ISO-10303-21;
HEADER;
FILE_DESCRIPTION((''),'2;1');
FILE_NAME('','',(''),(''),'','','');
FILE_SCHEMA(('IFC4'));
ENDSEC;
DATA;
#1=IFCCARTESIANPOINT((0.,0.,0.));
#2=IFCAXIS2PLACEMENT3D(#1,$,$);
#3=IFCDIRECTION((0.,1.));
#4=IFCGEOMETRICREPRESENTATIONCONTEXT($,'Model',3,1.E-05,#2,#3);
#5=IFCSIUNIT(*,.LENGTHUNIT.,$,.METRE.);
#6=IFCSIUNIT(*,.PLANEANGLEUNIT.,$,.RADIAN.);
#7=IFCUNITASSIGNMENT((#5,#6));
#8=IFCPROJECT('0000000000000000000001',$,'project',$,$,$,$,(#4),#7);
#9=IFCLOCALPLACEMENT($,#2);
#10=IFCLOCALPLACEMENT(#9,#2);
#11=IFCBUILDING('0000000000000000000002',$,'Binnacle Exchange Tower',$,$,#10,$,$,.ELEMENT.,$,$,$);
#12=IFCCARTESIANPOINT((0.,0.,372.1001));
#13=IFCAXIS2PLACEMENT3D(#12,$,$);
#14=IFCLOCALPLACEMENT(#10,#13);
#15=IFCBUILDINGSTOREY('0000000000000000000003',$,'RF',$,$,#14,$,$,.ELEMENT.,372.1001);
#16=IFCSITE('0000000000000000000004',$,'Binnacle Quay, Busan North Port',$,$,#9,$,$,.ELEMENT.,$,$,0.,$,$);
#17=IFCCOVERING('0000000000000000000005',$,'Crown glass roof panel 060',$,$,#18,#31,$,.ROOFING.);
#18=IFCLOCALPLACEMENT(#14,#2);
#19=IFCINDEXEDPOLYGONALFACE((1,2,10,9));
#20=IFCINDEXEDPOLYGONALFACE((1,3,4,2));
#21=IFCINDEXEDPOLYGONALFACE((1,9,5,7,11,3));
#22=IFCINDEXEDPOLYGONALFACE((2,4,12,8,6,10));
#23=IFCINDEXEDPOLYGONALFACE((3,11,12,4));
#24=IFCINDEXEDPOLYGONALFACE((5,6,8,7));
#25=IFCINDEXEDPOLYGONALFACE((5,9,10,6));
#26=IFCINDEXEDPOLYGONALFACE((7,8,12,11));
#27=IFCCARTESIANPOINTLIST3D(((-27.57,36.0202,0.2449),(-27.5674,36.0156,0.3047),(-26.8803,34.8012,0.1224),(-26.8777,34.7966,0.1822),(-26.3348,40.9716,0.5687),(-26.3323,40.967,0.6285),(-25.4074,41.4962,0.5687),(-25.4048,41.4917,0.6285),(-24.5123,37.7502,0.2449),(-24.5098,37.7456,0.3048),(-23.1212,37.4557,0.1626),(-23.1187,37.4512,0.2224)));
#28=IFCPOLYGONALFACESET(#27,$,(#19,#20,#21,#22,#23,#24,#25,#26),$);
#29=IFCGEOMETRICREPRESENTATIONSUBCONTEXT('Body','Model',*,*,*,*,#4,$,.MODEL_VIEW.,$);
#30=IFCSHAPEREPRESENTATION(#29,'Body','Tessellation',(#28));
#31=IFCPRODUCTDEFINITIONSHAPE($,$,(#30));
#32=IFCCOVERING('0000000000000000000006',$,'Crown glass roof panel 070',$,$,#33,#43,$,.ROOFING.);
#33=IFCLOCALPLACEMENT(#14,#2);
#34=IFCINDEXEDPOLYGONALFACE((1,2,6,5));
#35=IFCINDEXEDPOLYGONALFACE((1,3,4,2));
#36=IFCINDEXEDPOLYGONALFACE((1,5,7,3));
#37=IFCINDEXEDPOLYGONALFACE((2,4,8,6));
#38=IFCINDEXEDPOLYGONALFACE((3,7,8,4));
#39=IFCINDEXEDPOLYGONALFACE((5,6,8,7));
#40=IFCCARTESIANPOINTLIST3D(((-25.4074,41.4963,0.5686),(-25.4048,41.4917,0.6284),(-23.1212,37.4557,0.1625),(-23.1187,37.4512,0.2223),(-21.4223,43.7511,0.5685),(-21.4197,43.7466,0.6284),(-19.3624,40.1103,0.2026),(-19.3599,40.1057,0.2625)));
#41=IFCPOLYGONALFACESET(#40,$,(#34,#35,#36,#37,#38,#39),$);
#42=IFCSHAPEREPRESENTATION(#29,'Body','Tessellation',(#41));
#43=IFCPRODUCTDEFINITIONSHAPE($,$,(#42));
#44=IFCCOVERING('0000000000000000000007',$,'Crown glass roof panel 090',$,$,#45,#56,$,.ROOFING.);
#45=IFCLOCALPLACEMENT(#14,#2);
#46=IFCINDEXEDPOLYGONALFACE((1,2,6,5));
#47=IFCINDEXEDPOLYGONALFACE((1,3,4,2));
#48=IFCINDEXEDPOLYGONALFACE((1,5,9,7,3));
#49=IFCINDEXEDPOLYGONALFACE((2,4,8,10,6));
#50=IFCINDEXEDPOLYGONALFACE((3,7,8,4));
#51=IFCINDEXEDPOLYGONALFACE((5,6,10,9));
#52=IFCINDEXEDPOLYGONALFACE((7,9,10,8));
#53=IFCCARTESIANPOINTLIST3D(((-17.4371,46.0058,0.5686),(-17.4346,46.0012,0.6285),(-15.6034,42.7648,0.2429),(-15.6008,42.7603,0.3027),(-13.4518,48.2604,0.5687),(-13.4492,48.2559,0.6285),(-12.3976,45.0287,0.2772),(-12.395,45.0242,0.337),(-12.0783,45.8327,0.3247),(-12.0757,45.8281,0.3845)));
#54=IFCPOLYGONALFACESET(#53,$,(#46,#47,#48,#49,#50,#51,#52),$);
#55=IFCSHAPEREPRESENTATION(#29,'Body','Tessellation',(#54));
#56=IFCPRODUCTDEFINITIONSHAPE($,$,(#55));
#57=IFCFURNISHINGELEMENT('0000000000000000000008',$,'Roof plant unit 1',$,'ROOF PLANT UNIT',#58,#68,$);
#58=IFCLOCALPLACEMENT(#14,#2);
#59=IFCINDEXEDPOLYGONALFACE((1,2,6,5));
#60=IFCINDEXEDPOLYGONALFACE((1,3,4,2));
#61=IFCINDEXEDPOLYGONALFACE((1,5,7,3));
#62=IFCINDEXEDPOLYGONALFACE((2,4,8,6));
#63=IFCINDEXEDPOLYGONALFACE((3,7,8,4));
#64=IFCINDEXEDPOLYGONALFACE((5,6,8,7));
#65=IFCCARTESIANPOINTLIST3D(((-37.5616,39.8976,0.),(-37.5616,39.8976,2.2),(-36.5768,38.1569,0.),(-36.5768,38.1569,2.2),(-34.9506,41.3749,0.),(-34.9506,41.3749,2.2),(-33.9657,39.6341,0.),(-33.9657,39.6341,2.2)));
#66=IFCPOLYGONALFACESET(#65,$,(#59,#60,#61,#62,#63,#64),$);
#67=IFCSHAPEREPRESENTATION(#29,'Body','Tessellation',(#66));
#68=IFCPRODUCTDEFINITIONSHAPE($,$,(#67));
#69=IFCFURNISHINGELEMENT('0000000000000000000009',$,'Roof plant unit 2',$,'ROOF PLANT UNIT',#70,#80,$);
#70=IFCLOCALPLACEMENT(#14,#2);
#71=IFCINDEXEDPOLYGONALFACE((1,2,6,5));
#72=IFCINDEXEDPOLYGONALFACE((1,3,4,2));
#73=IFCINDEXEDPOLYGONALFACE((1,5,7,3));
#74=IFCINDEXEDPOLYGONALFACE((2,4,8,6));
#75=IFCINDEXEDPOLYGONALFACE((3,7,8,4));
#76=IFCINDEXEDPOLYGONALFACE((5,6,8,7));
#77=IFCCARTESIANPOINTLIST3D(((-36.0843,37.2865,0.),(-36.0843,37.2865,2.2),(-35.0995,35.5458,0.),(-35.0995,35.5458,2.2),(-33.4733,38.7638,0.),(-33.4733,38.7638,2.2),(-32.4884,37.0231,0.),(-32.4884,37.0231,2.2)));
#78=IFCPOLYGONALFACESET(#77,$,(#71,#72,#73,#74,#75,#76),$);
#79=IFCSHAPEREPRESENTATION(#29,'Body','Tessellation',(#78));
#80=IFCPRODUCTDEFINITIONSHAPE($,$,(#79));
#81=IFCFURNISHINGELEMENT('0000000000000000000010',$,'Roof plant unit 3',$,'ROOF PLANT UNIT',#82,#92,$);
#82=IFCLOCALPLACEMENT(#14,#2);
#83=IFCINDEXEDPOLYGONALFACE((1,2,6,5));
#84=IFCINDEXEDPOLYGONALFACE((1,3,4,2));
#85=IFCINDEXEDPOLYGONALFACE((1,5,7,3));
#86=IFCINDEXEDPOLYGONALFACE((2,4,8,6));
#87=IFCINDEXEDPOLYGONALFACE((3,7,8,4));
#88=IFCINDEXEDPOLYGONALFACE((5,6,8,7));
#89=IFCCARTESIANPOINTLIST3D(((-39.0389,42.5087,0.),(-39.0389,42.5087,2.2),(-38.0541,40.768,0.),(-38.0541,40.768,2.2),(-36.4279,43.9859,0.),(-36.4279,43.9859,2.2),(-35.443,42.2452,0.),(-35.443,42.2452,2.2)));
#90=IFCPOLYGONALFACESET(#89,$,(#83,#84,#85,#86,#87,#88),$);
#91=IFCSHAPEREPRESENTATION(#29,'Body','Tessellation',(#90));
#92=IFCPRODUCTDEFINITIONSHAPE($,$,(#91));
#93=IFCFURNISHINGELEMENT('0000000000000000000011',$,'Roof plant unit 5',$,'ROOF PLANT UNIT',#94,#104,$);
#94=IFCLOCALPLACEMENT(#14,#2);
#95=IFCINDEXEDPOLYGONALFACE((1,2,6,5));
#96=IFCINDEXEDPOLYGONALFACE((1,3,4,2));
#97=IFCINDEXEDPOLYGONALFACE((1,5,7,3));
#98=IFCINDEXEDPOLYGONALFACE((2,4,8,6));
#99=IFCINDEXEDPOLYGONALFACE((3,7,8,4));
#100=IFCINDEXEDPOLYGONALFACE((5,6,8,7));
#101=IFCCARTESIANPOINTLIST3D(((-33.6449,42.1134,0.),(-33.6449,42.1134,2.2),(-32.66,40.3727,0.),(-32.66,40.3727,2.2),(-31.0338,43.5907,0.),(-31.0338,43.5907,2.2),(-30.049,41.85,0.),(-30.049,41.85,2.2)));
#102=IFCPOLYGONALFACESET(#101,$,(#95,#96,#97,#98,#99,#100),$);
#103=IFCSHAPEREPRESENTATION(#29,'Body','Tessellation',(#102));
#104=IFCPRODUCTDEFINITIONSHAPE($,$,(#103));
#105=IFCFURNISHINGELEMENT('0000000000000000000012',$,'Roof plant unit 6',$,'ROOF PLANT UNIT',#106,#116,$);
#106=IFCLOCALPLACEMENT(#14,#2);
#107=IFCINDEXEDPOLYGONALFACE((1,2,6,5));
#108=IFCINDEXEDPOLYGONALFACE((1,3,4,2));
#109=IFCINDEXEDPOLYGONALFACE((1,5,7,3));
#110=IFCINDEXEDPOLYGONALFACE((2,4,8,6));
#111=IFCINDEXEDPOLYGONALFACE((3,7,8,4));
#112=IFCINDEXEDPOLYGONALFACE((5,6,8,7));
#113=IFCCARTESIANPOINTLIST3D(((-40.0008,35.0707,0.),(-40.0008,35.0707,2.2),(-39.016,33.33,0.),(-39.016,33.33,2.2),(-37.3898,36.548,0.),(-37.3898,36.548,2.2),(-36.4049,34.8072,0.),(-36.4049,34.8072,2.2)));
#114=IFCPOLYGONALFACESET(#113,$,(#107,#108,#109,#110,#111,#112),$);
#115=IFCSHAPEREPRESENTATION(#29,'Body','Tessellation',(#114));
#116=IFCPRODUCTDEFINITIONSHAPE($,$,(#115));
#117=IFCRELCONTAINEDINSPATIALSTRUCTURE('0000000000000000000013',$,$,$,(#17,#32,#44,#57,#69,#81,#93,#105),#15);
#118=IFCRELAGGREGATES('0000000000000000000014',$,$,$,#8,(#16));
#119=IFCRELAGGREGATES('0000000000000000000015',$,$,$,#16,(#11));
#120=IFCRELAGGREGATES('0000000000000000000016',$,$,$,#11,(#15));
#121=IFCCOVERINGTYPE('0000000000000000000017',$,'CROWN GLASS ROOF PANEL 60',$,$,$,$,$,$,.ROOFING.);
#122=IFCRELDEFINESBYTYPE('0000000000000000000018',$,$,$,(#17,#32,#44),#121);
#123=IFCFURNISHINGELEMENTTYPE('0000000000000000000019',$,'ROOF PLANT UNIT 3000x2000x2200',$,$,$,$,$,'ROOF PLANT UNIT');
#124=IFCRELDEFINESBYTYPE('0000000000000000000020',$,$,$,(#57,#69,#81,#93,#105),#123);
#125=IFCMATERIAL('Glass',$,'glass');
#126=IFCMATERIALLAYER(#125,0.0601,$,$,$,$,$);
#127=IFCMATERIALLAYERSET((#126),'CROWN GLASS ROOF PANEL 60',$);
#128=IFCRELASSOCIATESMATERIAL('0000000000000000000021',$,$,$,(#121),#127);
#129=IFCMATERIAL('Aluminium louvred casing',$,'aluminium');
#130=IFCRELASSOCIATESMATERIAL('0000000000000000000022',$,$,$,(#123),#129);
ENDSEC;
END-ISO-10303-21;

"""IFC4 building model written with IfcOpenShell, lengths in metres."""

from ifc_helpers import new_model, si_unit, direction, frame, origin, origin_2d, place, context, subcontext, project, spatial, polyline, rectangle, outline, extrude, material, layer, layer_set, type_object, element, save


model = new_model("IFC4")

# Units and contexts
model_context = context("Model", 3, precision=1e-05, world=origin(), true_north=direction((0.0, 1.0)))
body_context = subcontext(model_context, "Body", "Model", "MODEL_VIEW")
ifc_project = project(units=[si_unit("LENGTHUNIT", "METRE"), si_unit("PLANEANGLEUNIT", "RADIAN")], contexts=[model_context])

# Site, building, storey
site_placement = place(None, origin())
site = spatial("IfcSite", under=ifc_project, at=site_placement, Name="Binnacle Quay, Busan North Port", CompositionType="ELEMENT", RefElevation=0.0)
building_placement = place(site_placement, origin())
building = spatial("IfcBuilding", under=site, at=building_placement, Name="Binnacle Exchange Tower", CompositionType="ELEMENT")
storey_placement = place(building_placement, frame((0.0, 0.0, 372.1001)))
storey = spatial("IfcBuildingStorey", under=building, at=storey_placement, Name="RF", CompositionType="ELEMENT", Elevation=372.1001)

# Coverings
ifc_material_1 = material(Name="Glass", Category="glass")
ifc_layer_1 = layer(ifc_material_1, 0.0601)
ifc_layer_set_1 = layer_set([ifc_layer_1], Name="CROWN GLASS ROOF PANEL 60")
covering_type = type_object("IfcCoveringType", Name="CROWN GLASS ROOF PANEL 60", PredefinedType="ROOFING", material=ifc_layer_set_1)
covering_1_placement = place(storey_placement, frame((-27.5674, 36.0156, 0.3047), z_axis=(0.04289, -0.075846, 0.996197), x_axis=(0.870349, 0.492436, 0.00002)))
element("IfcCovering", 1, at=covering_1_placement, inside=storey, type_object=covering_type, Name="Crown glass roof panel 060", PredefinedType="ROOFING", context=body_context, shape_type="SweptSolid", body=[
    extrude(outline(polyline([(0.0, 0.0), (3.5131, 0.0), (3.5132, 3.7154), (4.5788, 3.7153), (4.5789, -0.9449), (0.0, -1.4059), (0.0, 0.0)])), origin(), (0.0, 0.0, -1.0), 0.0601),
])
covering_2_placement = place(storey_placement, frame((-25.4048, 41.4917, 0.6284), z_axis=(0.042924, -0.075831, 0.996196), x_axis=(0.870335, 0.492461, -0.000015)))
element("IfcCovering", 2, at=covering_2_placement, inside=storey, type_object=covering_type, Name="Crown glass roof panel 070", PredefinedType="ROOFING", context=body_context, shape_type="SweptSolid", body=[
    extrude(outline(polyline([(0.0, 0.0), (4.5788, 0.0), (4.5786, -4.1991), (-0.0001, -4.6602), (0.0, 0.0)])), origin(), (0.0, 0.0, -1.0), 0.0601),
])
covering_3_placement = place(storey_placement, frame((-15.6008, 42.7603, 0.3027), z_axis=(0.042905, -0.075847, 0.996196), x_axis=(-0.490569, 0.867035, 0.087141)))
element("IfcCovering", 3, at=covering_3_placement, inside=storey, type_object=covering_type, Name="Crown glass roof panel 090", PredefinedType="ROOFING", context=body_context, shape_type="SweptSolid", body=[
    extrude(outline(polyline([(0.0, 0.0), (3.738, 0.0), (3.7377, -4.5789), (0.9378, -4.5788), (0.3932, -3.905), (0.0, 0.0)])), origin(), (0.0, 0.0, -1.0), 0.0601),
])

# Furnishing elements
ifc_material_2 = material(Name="Aluminium louvred casing", Category="aluminium")
furnishing_element_type = type_object("IfcFurnishingElementType", Name="ROOF PLANT UNIT 3000x2000x2200", ElementType="ROOF PLANT UNIT", material=ifc_material_2)
for number, where, z_axis, x_axis, name in (
    (4, (-35.7637, 39.7659, 0.0), (0.0, 0.0, 1.0), (0.870356, 0.492424, 0.0), "Roof plant unit 1"),
    (5, (-34.2864, 37.1548, 0.0), (0.0, 0.0, 1.0), (0.870356, 0.492424, 0.0), "Roof plant unit 2"),
    (6, (-37.241, 42.377, 0.0), (0.0, 0.0, 1.0), (0.870356, 0.492424, 0.0), "Roof plant unit 3"),
    (7, (-31.8469, 41.9817, 0.0), (0.0, 0.0, 1.0), (0.870356, 0.492424, 0.0), "Roof plant unit 5"),
    (8, (-38.2029, 34.939, 0.0), (0.0, 0.0, 1.0), (0.870356, 0.492424, 0.0), "Roof plant unit 6"),
):
    element("IfcFurnishingElement", number, at=place(storey_placement, frame(where, z_axis=z_axis, x_axis=x_axis)), inside=storey, type_object=furnishing_element_type, Name=name, ObjectType="ROOF PLANT UNIT", context=body_context, shape_type="SweptSolid", body=[
        extrude(rectangle(XDim=3.0, YDim=2.0, at=origin_2d()), origin(), (0.0, 0.0, 1.0), 2.2),
    ])

save(model, "model.ifc")
